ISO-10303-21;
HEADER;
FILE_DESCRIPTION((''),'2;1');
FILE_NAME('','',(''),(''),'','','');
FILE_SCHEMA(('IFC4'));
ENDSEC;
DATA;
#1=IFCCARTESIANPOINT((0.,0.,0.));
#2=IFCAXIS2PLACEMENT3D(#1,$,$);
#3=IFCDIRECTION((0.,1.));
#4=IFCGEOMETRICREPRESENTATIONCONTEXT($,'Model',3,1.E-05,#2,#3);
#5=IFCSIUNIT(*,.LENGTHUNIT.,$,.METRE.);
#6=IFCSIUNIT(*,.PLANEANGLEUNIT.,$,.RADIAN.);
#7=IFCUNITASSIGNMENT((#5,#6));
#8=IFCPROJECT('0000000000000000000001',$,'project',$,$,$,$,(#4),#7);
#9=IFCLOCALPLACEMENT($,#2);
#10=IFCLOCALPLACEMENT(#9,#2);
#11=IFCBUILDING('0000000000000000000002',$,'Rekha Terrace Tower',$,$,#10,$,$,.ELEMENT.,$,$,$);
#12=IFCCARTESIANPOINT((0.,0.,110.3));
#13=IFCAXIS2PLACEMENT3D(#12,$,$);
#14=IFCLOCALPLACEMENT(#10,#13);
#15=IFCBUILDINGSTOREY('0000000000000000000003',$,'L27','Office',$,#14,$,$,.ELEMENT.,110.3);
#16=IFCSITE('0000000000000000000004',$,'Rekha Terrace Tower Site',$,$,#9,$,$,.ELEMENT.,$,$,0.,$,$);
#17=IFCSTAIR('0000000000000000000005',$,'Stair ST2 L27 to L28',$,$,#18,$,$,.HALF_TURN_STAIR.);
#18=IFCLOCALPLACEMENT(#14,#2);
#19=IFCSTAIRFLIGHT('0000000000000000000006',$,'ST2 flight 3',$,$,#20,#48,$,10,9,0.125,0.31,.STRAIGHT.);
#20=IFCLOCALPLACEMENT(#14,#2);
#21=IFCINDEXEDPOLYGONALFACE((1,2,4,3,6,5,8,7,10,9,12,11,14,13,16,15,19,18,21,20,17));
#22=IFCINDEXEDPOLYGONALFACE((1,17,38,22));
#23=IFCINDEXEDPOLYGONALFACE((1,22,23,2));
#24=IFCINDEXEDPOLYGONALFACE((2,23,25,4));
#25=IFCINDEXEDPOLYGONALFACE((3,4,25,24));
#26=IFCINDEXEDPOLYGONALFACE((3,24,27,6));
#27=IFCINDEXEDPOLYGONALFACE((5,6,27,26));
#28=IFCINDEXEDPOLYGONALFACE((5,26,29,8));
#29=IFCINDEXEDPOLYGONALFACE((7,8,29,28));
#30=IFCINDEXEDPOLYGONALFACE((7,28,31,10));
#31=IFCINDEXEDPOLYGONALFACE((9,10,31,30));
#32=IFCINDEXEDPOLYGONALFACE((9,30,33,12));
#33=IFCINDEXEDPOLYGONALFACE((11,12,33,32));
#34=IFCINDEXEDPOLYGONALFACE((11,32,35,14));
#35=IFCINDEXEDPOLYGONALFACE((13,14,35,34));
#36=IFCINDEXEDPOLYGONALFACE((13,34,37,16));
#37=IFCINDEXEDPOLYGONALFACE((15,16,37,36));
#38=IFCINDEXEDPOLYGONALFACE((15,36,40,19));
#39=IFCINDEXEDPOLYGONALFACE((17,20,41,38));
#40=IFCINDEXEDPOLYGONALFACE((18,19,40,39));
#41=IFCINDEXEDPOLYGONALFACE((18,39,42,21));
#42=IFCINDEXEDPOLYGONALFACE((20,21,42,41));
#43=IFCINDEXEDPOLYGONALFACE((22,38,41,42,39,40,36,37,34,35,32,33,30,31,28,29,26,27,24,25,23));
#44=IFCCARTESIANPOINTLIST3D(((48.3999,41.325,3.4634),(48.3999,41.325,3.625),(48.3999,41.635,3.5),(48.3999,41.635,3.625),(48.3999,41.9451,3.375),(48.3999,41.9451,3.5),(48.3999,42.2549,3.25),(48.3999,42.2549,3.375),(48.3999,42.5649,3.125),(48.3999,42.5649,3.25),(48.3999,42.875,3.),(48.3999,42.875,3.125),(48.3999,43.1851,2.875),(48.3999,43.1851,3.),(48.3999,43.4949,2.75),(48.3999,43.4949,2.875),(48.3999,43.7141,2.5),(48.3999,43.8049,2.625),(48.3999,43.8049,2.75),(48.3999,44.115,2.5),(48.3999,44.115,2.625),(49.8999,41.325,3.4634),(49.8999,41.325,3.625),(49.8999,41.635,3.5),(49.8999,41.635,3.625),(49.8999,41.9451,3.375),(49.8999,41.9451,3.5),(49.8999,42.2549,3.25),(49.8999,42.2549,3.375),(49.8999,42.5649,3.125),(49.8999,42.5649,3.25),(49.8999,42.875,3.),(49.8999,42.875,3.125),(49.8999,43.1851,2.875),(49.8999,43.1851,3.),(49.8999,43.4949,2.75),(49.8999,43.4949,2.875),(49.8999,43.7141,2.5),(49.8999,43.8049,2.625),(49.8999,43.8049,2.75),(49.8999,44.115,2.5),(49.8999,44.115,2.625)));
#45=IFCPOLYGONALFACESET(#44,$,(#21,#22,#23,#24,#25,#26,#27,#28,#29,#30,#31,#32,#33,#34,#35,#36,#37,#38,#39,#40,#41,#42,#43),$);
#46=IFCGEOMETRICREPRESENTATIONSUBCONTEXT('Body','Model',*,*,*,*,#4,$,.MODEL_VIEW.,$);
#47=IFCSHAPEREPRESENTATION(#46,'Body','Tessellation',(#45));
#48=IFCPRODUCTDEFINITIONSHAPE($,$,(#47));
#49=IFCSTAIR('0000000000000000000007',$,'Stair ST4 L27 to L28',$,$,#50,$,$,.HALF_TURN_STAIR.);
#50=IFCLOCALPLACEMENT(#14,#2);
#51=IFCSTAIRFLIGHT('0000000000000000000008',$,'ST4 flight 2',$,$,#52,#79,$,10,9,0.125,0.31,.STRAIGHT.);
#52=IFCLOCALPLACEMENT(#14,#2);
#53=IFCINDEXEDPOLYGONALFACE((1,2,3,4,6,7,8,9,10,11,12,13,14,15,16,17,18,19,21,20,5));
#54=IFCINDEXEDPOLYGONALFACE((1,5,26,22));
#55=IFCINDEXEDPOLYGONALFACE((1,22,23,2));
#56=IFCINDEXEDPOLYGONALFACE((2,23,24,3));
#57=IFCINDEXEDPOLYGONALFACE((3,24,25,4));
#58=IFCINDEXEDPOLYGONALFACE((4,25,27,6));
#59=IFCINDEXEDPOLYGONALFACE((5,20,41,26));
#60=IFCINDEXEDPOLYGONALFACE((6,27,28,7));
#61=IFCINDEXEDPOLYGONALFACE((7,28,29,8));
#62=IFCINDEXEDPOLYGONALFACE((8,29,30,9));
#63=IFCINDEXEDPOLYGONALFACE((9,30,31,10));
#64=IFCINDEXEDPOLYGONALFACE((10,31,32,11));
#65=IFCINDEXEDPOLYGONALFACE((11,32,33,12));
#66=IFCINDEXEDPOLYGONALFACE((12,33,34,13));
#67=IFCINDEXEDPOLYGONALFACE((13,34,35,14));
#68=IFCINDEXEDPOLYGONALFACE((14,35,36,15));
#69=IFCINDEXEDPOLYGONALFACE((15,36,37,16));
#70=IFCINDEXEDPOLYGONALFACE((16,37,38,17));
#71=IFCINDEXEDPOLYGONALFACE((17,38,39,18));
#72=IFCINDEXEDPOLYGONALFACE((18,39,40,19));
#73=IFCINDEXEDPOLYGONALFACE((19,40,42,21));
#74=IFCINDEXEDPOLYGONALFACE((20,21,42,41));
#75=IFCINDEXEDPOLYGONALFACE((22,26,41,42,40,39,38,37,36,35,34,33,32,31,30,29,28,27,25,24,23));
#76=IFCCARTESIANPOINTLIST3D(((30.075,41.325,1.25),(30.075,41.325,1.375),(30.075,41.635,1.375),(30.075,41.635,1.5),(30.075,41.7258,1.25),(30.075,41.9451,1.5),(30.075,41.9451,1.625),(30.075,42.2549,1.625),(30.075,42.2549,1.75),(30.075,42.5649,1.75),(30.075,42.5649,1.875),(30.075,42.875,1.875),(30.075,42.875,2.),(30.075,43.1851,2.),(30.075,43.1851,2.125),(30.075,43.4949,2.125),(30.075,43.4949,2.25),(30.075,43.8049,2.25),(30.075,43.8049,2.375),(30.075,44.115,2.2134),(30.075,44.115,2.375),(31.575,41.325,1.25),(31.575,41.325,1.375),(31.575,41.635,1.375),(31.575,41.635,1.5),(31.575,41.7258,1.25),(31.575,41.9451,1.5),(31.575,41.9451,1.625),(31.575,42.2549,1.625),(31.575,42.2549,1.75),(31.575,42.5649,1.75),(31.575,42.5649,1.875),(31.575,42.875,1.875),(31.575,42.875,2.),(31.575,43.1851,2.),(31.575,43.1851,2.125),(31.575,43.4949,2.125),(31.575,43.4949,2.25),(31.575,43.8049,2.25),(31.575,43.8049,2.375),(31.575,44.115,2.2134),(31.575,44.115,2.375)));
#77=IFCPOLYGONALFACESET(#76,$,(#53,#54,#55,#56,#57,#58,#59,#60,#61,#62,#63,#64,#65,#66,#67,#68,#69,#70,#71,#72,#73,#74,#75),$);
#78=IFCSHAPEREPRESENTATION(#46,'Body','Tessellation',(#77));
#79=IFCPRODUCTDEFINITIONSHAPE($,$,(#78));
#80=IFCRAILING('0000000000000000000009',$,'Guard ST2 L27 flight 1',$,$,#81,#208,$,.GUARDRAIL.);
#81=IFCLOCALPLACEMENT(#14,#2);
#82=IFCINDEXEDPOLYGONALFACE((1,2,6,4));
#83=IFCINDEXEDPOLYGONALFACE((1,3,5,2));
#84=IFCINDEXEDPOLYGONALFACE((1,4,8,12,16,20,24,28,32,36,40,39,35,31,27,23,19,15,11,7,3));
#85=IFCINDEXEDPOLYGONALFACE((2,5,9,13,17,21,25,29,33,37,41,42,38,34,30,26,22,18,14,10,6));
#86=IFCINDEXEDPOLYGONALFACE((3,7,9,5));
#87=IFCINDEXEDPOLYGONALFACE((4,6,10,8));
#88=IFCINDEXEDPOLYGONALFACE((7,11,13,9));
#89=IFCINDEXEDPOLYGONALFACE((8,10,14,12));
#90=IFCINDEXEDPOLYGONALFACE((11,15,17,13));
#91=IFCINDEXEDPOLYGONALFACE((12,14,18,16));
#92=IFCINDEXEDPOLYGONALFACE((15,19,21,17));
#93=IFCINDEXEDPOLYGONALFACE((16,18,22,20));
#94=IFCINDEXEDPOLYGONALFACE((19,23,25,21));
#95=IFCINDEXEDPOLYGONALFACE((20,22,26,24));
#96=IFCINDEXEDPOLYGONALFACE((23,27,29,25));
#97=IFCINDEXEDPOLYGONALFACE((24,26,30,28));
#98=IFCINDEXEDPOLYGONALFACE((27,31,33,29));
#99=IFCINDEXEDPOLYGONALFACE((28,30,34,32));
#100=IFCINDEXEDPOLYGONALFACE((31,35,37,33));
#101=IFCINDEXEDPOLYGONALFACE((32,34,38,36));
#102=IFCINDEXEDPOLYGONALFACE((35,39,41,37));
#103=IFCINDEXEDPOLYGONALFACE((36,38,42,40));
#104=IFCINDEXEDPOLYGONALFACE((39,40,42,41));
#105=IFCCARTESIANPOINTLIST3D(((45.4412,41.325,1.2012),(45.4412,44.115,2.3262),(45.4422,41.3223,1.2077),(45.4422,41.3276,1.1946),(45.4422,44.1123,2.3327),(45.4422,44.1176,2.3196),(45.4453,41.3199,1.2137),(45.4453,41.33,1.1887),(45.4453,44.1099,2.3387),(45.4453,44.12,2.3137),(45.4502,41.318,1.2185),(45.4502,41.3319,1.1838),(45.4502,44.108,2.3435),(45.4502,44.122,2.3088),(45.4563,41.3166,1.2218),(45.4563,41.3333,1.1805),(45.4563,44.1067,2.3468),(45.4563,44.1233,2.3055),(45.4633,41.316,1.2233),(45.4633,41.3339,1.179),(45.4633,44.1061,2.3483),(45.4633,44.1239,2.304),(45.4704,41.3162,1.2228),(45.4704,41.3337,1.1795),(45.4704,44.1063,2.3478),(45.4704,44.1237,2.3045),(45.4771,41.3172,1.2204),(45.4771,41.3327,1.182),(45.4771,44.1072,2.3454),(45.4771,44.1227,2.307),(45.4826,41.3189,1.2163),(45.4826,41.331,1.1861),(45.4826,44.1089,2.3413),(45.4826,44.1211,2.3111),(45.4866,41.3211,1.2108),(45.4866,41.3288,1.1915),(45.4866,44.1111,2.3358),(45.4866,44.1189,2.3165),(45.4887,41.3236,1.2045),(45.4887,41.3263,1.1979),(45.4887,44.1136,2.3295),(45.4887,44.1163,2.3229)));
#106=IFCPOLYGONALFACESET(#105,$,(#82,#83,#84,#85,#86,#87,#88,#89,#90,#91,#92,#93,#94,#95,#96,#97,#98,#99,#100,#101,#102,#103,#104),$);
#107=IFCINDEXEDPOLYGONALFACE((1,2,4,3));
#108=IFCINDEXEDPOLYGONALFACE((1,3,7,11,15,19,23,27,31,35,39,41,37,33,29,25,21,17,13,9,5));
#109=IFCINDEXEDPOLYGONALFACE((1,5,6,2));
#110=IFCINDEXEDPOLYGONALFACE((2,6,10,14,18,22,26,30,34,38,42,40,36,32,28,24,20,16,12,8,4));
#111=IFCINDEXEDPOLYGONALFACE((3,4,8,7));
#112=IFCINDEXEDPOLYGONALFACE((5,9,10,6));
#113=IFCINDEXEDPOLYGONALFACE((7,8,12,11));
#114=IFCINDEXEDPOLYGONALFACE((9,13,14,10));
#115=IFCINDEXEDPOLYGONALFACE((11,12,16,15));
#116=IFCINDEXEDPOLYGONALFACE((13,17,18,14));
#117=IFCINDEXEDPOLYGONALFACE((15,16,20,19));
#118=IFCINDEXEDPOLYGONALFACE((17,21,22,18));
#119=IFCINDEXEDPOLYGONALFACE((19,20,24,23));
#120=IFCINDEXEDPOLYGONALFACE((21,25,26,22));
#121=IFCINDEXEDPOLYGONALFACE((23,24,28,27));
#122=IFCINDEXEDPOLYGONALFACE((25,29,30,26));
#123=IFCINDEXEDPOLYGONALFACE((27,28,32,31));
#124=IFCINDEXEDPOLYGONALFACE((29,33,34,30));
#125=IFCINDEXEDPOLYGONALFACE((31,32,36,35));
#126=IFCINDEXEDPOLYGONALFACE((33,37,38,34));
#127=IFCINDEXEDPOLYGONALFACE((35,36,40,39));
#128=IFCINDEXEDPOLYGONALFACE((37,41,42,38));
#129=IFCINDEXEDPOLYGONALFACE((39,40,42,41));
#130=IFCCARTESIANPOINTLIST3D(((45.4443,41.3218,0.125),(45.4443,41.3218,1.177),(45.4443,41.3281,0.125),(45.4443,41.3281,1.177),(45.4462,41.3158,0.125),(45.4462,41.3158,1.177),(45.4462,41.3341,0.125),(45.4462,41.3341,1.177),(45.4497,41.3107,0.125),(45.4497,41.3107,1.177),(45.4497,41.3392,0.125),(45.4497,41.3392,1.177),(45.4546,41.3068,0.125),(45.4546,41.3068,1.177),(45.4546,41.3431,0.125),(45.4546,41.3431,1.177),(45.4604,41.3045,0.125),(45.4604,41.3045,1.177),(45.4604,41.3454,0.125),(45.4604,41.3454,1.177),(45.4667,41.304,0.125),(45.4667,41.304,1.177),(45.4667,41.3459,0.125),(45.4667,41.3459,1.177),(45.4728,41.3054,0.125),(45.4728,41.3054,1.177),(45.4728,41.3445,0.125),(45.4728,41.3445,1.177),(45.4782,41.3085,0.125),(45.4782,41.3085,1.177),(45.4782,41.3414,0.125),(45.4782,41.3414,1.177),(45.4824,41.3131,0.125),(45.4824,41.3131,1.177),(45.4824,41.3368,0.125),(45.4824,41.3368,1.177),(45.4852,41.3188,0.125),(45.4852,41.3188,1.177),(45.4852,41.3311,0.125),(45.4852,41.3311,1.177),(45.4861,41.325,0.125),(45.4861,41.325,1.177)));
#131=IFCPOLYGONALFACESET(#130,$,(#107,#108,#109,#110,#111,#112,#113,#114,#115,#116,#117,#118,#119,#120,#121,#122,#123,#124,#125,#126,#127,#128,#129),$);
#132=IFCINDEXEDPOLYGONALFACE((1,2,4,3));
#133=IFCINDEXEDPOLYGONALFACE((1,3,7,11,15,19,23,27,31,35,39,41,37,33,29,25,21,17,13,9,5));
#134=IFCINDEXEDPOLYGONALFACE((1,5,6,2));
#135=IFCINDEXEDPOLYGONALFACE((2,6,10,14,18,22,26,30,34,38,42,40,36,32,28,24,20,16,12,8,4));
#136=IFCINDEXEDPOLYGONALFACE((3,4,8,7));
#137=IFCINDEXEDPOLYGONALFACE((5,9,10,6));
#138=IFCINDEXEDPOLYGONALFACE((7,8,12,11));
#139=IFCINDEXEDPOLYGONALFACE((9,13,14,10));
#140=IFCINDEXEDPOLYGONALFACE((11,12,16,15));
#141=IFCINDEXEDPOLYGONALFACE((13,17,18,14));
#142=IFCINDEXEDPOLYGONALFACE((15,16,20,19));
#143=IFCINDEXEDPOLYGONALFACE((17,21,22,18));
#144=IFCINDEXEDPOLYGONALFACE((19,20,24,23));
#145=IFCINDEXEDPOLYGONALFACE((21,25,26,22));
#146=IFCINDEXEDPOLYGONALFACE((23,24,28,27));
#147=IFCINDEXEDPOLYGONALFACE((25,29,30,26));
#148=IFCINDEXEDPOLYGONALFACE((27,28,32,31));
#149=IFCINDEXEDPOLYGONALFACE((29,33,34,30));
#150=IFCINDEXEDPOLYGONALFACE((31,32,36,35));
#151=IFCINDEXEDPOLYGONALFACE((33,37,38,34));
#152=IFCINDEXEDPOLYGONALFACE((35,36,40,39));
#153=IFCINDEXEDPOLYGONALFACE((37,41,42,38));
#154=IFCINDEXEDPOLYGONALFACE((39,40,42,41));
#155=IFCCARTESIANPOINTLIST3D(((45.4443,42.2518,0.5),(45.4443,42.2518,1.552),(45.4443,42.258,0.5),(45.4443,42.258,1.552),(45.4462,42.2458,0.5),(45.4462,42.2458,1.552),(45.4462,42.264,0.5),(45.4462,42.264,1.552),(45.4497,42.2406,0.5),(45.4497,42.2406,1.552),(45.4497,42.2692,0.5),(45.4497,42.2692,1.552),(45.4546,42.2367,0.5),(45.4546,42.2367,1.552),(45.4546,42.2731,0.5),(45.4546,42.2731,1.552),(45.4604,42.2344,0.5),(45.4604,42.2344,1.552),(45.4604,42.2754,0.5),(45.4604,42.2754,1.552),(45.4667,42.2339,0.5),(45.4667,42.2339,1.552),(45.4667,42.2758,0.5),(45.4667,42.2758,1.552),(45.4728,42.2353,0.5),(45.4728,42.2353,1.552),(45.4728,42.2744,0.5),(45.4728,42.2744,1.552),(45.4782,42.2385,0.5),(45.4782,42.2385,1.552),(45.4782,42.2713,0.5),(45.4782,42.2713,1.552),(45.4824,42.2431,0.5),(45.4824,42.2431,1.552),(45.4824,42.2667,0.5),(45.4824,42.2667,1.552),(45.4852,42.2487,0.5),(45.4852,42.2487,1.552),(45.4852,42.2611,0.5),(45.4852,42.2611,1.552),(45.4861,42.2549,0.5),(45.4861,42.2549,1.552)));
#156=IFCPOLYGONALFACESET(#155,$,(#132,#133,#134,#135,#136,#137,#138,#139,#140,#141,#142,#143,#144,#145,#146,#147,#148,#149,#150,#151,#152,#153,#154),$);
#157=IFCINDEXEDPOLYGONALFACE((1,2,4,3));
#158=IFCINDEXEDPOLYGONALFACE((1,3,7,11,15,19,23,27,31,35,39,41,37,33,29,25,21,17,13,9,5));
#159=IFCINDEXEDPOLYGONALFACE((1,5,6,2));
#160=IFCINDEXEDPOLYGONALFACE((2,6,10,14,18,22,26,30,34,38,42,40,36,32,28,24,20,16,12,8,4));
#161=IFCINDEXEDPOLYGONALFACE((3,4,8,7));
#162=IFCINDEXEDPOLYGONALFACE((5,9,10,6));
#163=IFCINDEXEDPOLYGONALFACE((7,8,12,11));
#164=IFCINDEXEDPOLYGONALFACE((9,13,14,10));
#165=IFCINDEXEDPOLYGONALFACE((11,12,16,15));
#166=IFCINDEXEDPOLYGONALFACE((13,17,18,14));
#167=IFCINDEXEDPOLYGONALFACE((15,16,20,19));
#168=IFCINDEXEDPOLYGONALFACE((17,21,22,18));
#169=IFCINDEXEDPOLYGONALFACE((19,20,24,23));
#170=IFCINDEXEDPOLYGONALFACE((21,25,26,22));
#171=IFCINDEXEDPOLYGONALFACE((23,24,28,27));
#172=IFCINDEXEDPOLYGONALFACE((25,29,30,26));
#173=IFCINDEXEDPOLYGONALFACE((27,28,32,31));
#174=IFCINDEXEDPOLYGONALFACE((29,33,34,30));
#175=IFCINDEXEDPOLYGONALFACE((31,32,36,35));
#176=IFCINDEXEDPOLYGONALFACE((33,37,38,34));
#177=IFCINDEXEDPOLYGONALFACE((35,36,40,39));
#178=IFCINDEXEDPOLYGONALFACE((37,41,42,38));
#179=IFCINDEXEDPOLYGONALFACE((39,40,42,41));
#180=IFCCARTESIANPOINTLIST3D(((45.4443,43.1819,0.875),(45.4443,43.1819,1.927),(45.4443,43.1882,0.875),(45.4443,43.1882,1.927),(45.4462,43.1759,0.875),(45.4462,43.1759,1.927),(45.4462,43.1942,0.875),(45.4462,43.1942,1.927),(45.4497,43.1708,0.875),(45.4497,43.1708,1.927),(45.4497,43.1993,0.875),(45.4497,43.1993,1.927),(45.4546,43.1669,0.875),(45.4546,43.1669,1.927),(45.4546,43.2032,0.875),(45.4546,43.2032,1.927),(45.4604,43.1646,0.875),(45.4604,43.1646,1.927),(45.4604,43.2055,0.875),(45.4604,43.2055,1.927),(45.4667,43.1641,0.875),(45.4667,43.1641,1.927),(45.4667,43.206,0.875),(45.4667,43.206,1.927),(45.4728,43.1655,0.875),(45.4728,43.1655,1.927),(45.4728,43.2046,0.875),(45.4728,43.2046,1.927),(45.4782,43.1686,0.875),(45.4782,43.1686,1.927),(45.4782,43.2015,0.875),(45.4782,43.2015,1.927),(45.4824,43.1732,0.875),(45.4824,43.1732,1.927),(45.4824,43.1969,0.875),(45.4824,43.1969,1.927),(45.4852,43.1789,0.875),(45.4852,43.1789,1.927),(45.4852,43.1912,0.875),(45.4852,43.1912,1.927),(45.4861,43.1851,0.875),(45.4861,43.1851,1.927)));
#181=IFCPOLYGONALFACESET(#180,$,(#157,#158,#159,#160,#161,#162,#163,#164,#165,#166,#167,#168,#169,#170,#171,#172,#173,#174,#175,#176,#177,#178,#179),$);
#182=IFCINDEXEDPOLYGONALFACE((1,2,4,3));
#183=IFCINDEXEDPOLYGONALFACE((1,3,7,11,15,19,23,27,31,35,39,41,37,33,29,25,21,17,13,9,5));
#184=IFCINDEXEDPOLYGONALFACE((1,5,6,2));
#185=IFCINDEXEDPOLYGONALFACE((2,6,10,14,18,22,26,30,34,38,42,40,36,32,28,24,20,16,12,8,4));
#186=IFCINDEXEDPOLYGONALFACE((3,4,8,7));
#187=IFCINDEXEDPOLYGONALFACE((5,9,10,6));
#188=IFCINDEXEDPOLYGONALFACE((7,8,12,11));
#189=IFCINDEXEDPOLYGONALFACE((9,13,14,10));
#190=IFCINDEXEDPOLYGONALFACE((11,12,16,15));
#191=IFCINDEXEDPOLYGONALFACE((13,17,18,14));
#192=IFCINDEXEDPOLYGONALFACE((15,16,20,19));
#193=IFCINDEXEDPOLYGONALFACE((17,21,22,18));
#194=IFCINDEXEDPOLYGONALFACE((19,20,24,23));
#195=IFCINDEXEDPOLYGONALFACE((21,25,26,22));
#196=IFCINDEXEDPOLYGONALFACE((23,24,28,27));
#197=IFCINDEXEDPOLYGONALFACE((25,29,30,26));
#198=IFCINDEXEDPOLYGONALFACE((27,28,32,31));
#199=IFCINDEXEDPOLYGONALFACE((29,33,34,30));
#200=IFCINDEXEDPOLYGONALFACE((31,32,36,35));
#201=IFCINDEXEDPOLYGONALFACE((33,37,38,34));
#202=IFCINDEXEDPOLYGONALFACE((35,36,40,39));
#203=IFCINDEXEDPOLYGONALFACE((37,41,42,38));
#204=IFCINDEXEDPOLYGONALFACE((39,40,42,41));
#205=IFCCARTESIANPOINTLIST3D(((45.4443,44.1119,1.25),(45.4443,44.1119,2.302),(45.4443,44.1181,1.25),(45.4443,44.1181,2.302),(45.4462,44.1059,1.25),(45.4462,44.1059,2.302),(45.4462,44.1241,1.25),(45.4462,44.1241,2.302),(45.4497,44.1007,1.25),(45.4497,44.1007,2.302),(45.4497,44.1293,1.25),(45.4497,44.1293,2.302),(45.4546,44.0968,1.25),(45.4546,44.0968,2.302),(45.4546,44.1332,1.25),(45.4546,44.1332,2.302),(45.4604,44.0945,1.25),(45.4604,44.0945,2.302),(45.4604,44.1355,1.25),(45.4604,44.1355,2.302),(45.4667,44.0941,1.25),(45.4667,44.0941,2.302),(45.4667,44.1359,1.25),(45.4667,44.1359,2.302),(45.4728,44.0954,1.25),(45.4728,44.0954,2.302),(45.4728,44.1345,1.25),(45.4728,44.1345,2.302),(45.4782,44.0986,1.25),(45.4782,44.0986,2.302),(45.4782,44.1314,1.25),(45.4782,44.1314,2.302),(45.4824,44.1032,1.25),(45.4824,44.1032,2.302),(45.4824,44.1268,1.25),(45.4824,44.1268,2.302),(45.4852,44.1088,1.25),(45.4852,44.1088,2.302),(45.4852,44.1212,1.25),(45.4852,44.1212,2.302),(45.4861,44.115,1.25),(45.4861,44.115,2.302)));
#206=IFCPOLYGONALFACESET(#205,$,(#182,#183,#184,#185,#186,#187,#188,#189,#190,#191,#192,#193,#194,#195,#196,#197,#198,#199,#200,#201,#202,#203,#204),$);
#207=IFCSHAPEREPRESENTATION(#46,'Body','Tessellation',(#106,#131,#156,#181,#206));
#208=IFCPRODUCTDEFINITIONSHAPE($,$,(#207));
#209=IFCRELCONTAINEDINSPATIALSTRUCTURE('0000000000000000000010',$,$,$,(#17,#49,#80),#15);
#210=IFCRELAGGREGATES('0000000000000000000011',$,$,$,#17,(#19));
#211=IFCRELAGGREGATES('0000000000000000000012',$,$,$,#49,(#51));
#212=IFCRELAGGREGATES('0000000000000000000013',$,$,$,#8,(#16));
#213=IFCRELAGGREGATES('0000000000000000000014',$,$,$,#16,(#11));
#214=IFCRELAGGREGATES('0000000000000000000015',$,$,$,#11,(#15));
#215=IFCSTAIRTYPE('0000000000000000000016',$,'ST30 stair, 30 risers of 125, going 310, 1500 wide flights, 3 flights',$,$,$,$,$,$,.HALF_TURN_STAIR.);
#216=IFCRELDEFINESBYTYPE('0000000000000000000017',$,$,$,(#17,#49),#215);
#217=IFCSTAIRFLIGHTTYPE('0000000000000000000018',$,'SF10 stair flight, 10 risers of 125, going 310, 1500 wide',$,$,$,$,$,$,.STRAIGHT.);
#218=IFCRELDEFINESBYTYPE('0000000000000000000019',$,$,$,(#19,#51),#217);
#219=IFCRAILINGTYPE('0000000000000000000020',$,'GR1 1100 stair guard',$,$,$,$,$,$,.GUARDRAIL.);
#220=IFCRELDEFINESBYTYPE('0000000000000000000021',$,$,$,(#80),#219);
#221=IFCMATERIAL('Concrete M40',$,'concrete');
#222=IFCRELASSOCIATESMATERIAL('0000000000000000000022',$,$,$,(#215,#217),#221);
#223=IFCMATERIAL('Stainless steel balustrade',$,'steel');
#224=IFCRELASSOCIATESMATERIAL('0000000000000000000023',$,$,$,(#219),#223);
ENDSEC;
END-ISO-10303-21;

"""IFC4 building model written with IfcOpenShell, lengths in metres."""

from ifc_helpers import new_model, si_unit, direction, frame, origin, origin_2d, place, context, subcontext, project, spatial, polyline, circle, outline, extrude, material, type_object, element, aggregate, save


model = new_model("IFC4")

# Units and contexts
model_context = context("Model", 3, precision=1e-05, world=origin(), true_north=direction((0.0, 1.0)))
body_context = subcontext(model_context, "Body", "Model", "MODEL_VIEW")
ifc_project = project(units=[si_unit("LENGTHUNIT", "METRE"), si_unit("PLANEANGLEUNIT", "RADIAN")], contexts=[model_context])

# Site, building, storey
site_placement = place(None, origin())
site = spatial("IfcSite", under=ifc_project, at=site_placement, Name="Rekha Terrace Tower Site", CompositionType="ELEMENT", RefElevation=0.0)
building_placement = place(site_placement, origin())
building = spatial("IfcBuilding", under=site, at=building_placement, Name="Rekha Terrace Tower", CompositionType="ELEMENT")
storey_placement = place(building_placement, frame((0.0, 0.0, 110.3)))
storey = spatial("IfcBuildingStorey", under=building, at=storey_placement, Name="L27", Description="Office", CompositionType="ELEMENT", Elevation=110.3)

# Stair, stair flight
ifc_material_1 = material(Name="Concrete M40", Category="concrete")
stair_type = type_object("IfcStairType", Name="ST30 stair, 30 risers of 125, going 310, 1500 wide flights, 3 flights", PredefinedType="HALF_TURN_STAIR", material=ifc_material_1)
stair_1_placement = place(storey_placement, origin())
stair_1 = element("IfcStair", 1, at=stair_1_placement, inside=storey, type_object=stair_type, Name="Stair ST2 L27 to L28", PredefinedType="HALF_TURN_STAIR")
stair_flight_type = type_object("IfcStairFlightType", Name="SF10 stair flight, 10 risers of 125, going 310, 1500 wide", PredefinedType="STRAIGHT", material=ifc_material_1)
stair_flight_1_placement = place(storey_placement, frame((49.1499, 44.115, 2.5), z_axis=(0.0, 0.0, 1.0), x_axis=(0.0, -1.0, 0.0)))
stair_flight_1 = element("IfcStairFlight", 2, at=stair_flight_1_placement, type_object=stair_flight_type, Name="ST2 flight 3", NumberOfRisers=10, NumberOfTreads=9, PredefinedType="STRAIGHT", RiserHeight=0.125, TreadLength=0.31, context=body_context, shape_type="SweptSolid", body=[
    extrude(outline(polyline([(0.0, 0.0), (0.0, 0.125), (0.3101, 0.125), (0.3101, 0.25), (0.6201, 0.25), (0.6201, 0.375), (0.9299, 0.375), (0.9299, 0.5), (1.24, 0.5), (1.24, 0.625), (1.55, 0.625), (1.55, 0.75), (1.8601, 0.75), (1.8601, 0.875), (2.1699, 0.875), (2.1699, 1.0), (2.48, 1.0), (2.48, 1.125), (2.79, 1.125), (2.79, 1.25), (2.79, 0.9634), (0.4009, 0.0), (0.0, 0.0)])), frame((0.0, 0.75, 0.0), z_axis=(0.0, -1.0, 0.0), x_axis=(1.0, 0.0, 0.0)), (0.0, 0.0, 1.0), 1.5),
])
aggregate(stair_1, [stair_flight_1])

# Stair, stair flight
stair_2_placement = place(storey_placement, origin())
stair_2 = element("IfcStair", 3, at=stair_2_placement, inside=storey, type_object=stair_type, Name="Stair ST4 L27 to L28", PredefinedType="HALF_TURN_STAIR")
stair_flight_2_placement = place(storey_placement, frame((30.825, 41.325, 1.25), z_axis=(0.0, 0.0, 1.0), x_axis=(0.0, 1.0, 0.0)))
stair_flight_2 = element("IfcStairFlight", 4, at=stair_flight_2_placement, type_object=stair_flight_type, Name="ST4 flight 2", NumberOfRisers=10, NumberOfTreads=9, PredefinedType="STRAIGHT", RiserHeight=0.125, TreadLength=0.31, context=body_context, shape_type="SweptSolid", body=[
    extrude(outline(polyline([(0.0, 0.0), (0.0, 0.125), (0.3101, 0.125), (0.3101, 0.25), (0.6201, 0.25), (0.6201, 0.375), (0.9299, 0.375), (0.9299, 0.5), (1.24, 0.5), (1.24, 0.625), (1.55, 0.625), (1.55, 0.75), (1.8601, 0.75), (1.8601, 0.875), (2.1699, 0.875), (2.1699, 1.0), (2.48, 1.0), (2.48, 1.125), (2.79, 1.125), (2.79, 1.25), (2.79, 0.9634), (0.4009, 0.0), (0.0, 0.0)])), frame((0.0, 0.75, 0.0), z_axis=(0.0, -1.0, 0.0), x_axis=(1.0, 0.0, 0.0)), (0.0, 0.0, 1.0), 1.5),
])
aggregate(stair_2, [stair_flight_2])

# Railing
ifc_material_2 = material(Name="Stainless steel balustrade", Category="steel")
railing_type_1 = type_object("IfcRailingType", Name="GR1 1100 stair guard", PredefinedType="GUARDRAIL", material=ifc_material_2)
railing_1_placement = place(storey_placement, frame((45.4651, 41.325, 0.125)))
element("IfcRailing", 5, at=railing_1_placement, inside=storey, type_object=railing_type_1, Name="Guard ST2 L27 flight 1", PredefinedType="GUARDRAIL", context=body_context, shape_type="SweptSolid", body=[
    extrude(circle(Radius=0.0239, at=origin_2d()), frame((0.0, 0.0, 1.0762), z_axis=(0.0, 0.927443, 0.373964), x_axis=(-1.0, 0.0, 0.0)), (0.0, 0.0, 1.0), 3.0083),
    extrude(circle(Radius=0.021, at=origin_2d()), origin(), (0.0, 0.0, 1.0), 1.052),
    extrude(circle(Radius=0.021, at=origin_2d()), frame((0.0, 0.9299, 0.375)), (0.0, 0.0, 1.0), 1.052),
    extrude(circle(Radius=0.021, at=origin_2d()), frame((0.0, 1.8601, 0.75)), (0.0, 0.0, 1.0), 1.052),
    extrude(circle(Radius=0.021, at=origin_2d()), frame((0.0, 2.79, 1.125)), (0.0, 0.0, 1.0), 1.052),
])

save(model, "model.ifc")
